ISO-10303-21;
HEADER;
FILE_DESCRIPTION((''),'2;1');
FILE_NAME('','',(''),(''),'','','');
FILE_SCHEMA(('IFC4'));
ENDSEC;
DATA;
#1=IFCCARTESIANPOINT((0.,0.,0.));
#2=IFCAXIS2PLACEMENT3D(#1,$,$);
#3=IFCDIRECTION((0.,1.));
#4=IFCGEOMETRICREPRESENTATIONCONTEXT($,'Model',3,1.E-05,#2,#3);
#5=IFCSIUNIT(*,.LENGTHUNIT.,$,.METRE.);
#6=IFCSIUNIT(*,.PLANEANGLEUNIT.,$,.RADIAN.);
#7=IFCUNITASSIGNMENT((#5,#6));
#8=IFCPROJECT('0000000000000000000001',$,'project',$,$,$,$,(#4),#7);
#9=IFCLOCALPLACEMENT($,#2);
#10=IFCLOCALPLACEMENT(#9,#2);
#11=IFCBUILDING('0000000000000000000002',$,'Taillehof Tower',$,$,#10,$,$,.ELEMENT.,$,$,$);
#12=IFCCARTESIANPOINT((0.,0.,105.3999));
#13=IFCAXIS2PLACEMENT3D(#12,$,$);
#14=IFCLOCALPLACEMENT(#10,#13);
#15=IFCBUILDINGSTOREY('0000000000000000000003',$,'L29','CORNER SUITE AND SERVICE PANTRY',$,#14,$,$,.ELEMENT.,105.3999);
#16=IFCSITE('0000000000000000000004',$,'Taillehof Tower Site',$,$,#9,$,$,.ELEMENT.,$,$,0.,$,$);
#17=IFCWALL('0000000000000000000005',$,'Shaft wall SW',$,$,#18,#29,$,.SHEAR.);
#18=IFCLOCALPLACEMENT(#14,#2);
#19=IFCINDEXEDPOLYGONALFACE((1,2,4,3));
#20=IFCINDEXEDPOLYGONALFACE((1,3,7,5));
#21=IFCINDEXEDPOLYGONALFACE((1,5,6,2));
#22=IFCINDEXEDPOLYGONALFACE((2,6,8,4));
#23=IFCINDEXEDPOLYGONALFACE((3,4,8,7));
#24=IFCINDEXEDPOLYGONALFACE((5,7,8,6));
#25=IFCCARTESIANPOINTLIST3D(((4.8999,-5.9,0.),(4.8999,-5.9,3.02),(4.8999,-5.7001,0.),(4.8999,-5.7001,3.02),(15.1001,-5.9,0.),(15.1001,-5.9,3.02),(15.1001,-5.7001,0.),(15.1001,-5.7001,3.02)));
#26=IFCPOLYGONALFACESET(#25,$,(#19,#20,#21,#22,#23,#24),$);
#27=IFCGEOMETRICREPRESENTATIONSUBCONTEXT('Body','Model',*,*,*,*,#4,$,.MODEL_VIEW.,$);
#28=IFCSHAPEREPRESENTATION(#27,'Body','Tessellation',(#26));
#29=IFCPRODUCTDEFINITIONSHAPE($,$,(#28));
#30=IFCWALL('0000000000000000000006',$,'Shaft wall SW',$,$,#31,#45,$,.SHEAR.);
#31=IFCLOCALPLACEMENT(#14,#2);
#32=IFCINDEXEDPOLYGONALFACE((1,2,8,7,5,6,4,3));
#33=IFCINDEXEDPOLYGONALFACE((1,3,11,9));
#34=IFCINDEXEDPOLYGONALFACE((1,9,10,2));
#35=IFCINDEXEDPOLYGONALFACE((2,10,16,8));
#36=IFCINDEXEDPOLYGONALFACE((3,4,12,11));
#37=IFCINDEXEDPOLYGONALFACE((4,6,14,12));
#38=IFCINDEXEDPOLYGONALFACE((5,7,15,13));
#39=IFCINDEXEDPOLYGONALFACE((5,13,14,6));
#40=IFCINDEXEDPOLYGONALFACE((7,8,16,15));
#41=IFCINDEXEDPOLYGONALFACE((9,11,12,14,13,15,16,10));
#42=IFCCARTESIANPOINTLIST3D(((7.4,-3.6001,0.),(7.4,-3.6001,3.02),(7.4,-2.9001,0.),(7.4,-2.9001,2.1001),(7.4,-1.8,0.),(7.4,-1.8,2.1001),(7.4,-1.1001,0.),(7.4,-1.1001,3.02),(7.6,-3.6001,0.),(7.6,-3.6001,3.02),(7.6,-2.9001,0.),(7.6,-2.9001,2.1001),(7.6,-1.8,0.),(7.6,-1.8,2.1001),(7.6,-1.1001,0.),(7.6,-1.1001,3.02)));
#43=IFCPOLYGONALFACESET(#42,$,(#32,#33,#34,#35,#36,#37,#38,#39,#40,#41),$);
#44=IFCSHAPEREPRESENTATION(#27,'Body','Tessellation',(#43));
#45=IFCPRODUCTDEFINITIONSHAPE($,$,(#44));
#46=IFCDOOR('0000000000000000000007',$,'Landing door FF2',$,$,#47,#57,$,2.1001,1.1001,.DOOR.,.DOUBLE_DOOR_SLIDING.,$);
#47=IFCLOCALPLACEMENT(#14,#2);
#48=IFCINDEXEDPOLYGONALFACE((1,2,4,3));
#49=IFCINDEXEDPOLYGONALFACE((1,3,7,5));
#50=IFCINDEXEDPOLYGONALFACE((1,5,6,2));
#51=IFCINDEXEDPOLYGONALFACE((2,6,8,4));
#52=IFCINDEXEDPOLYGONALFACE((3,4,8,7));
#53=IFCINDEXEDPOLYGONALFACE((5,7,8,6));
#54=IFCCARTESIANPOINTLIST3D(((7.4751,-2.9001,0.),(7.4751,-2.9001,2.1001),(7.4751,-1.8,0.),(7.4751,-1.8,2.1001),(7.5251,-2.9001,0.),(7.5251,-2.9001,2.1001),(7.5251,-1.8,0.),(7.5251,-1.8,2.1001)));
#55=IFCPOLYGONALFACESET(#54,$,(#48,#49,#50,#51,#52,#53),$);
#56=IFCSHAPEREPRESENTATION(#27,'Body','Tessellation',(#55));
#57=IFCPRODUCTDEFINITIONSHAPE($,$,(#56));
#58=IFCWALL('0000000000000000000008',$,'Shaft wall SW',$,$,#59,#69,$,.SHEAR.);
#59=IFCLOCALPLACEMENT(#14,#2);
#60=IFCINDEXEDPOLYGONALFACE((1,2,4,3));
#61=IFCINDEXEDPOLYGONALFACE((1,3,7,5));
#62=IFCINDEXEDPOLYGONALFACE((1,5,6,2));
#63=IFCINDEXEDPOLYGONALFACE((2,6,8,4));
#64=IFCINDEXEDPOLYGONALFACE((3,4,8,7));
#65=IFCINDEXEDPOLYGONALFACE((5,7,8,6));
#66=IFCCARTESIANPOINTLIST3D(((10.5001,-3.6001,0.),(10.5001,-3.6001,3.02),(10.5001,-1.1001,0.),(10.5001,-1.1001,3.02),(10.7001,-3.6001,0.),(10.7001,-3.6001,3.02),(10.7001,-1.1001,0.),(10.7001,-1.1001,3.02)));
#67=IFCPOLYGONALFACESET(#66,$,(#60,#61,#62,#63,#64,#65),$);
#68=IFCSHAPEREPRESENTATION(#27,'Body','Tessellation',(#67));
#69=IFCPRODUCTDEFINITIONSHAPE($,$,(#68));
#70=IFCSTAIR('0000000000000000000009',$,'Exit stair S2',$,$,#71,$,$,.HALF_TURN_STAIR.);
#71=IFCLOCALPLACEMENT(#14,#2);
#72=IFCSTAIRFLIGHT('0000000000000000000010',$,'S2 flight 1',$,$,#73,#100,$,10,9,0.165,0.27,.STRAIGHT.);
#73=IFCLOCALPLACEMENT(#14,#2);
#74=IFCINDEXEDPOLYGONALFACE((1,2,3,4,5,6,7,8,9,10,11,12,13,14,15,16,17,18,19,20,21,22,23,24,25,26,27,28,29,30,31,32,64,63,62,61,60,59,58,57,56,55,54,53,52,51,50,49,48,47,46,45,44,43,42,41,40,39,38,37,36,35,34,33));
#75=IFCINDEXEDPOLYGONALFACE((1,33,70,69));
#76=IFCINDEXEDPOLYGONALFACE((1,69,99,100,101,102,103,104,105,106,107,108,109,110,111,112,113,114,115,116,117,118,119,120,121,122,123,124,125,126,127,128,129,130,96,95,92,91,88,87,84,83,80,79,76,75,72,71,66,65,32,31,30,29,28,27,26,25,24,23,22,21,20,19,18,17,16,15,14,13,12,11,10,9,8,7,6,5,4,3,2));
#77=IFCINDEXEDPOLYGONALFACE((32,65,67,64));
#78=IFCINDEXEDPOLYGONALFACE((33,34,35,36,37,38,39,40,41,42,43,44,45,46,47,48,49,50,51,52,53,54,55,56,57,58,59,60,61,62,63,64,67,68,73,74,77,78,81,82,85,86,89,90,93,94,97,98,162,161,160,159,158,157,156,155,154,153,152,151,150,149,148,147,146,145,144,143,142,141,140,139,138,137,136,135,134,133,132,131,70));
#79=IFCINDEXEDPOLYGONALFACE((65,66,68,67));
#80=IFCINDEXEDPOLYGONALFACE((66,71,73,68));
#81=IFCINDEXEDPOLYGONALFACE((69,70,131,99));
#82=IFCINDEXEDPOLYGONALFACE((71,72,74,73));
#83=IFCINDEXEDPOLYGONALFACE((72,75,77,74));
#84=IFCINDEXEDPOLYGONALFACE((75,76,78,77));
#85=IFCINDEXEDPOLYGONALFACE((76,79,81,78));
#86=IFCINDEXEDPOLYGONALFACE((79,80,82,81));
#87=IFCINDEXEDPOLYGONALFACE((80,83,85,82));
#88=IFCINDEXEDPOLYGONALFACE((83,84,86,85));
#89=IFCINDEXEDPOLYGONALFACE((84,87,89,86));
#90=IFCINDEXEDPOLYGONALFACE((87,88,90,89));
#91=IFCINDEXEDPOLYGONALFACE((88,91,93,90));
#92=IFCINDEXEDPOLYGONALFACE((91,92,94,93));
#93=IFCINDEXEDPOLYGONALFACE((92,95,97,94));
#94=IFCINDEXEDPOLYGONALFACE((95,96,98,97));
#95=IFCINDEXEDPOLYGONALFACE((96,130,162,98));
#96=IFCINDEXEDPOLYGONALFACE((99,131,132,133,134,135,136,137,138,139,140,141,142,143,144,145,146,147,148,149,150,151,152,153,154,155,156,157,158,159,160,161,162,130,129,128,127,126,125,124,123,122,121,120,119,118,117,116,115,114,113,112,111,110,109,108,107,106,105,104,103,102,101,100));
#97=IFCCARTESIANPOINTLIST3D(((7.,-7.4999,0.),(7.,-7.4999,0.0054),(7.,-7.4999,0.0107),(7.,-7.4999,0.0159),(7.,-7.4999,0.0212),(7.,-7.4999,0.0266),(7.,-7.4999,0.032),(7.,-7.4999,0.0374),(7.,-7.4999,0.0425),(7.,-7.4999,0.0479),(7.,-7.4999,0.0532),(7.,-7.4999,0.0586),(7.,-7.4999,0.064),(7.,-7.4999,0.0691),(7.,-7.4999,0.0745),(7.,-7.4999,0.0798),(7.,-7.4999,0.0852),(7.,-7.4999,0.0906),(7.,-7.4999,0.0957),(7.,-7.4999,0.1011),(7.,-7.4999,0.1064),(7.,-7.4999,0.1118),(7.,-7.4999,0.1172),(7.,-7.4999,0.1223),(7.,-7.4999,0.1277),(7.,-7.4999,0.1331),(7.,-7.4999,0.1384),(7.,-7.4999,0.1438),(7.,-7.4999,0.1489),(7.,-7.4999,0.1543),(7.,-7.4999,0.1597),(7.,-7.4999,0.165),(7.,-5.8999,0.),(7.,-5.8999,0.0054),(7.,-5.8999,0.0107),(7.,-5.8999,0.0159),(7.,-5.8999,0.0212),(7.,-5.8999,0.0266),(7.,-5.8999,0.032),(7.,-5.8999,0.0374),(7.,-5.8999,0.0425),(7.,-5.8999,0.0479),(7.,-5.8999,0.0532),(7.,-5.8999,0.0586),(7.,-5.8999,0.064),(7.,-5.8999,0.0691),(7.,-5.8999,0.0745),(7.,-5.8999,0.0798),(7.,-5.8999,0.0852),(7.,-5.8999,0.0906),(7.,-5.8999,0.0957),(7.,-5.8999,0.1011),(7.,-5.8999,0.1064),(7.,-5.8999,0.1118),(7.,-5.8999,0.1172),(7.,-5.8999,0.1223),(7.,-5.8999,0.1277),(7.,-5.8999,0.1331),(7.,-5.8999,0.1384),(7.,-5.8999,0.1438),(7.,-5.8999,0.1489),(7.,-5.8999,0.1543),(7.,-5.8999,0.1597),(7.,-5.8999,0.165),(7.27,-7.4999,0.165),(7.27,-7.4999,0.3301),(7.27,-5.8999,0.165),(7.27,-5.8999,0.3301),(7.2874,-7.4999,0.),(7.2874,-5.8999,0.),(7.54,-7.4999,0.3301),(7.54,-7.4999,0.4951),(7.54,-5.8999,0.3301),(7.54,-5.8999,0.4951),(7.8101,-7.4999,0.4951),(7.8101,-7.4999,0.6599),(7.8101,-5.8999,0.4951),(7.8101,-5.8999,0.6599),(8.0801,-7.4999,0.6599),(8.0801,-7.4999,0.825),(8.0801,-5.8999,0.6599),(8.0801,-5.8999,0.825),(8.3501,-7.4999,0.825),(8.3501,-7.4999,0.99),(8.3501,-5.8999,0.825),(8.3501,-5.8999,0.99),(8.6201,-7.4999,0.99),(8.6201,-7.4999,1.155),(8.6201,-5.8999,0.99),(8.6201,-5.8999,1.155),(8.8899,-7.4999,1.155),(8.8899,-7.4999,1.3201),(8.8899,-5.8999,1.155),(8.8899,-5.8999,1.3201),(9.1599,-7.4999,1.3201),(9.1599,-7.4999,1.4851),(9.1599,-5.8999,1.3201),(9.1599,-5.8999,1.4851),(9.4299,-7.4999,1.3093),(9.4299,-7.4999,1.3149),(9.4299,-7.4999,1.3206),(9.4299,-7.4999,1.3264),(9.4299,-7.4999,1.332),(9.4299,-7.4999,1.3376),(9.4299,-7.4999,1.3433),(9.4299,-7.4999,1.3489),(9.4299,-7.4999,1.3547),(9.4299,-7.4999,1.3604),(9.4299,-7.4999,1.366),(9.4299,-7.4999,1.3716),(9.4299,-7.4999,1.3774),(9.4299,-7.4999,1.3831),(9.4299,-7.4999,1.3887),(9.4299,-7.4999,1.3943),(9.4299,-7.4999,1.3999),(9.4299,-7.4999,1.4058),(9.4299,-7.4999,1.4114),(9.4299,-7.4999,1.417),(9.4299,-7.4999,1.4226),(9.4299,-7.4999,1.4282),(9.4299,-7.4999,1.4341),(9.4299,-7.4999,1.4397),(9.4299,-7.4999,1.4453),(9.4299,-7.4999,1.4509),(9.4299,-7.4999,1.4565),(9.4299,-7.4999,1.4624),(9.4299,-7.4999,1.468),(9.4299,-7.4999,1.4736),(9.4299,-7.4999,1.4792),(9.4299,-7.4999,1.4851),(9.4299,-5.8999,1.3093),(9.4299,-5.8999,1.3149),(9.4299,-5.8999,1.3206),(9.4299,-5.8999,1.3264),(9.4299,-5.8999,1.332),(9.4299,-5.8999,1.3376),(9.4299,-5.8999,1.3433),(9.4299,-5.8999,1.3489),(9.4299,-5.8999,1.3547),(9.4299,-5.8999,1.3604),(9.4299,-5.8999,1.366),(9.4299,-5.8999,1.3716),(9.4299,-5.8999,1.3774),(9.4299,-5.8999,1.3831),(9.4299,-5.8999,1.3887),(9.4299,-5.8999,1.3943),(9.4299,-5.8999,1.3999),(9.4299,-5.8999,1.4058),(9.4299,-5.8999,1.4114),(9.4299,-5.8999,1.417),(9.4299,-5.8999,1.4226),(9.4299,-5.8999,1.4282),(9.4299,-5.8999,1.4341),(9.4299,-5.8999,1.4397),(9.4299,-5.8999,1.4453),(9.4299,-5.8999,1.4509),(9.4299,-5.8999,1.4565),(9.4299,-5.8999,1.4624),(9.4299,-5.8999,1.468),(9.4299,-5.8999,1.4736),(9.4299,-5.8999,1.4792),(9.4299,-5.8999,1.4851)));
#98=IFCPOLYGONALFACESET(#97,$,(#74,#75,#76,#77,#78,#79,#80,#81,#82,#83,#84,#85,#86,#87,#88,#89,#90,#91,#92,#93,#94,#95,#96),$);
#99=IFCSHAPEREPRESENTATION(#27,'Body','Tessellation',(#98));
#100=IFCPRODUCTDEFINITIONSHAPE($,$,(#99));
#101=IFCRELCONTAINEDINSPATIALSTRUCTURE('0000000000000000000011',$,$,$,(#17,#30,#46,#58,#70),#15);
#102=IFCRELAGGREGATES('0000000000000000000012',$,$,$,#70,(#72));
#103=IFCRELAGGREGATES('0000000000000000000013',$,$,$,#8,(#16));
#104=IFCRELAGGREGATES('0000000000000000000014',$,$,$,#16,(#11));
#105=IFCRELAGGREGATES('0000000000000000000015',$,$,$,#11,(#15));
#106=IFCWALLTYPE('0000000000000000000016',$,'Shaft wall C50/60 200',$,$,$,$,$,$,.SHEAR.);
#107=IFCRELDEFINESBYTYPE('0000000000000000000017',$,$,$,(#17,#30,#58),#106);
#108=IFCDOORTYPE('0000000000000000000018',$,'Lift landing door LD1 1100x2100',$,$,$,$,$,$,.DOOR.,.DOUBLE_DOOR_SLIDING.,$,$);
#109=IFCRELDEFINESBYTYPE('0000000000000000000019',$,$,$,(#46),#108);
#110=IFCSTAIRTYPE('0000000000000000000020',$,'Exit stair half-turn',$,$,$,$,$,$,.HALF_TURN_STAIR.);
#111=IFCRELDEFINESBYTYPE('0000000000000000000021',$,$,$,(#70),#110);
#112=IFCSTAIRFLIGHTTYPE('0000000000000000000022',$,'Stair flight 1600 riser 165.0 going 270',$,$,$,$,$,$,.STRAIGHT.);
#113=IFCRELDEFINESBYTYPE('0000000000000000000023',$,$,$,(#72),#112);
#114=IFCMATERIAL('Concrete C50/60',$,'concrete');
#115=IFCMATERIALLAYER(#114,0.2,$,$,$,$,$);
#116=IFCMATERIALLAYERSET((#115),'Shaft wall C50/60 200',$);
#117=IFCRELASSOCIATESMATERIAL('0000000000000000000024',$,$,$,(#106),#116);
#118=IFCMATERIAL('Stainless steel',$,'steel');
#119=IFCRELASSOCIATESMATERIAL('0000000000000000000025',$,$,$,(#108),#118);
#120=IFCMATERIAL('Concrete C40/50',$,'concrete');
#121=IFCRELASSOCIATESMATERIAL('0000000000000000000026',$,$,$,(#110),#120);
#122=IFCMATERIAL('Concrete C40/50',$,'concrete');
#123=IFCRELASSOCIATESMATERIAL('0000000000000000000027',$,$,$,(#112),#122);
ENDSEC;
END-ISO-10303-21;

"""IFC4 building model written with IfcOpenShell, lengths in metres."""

from ifc_helpers import new_model, si_unit, direction, frame, frame_2d, origin, place, context, subcontext, project, spatial, polyline, rectangle, outline, extrude, material, layer, layer_set, type_object, element, fill, aggregate, save


model = new_model("IFC4")

# Units and contexts
model_context = context("Model", 3, precision=1e-05, world=origin(), true_north=direction((0.0, 1.0)))
body_context = subcontext(model_context, "Body", "Model", "MODEL_VIEW")
ifc_project = project(units=[si_unit("LENGTHUNIT", "METRE"), si_unit("PLANEANGLEUNIT", "RADIAN")], contexts=[model_context])

# Site, building, storey
site_placement = place(None, origin())
site = spatial("IfcSite", under=ifc_project, at=site_placement, Name="Taillehof Tower Site", CompositionType="ELEMENT", RefElevation=0.0)
building_placement = place(site_placement, origin())
building = spatial("IfcBuilding", under=site, at=building_placement, Name="Taillehof Tower", CompositionType="ELEMENT")
storey_placement = place(building_placement, frame((0.0, 0.0, 105.3999)))
storey = spatial("IfcBuildingStorey", under=building, at=storey_placement, Name="L29", Description="CORNER SUITE AND SERVICE PANTRY", CompositionType="ELEMENT", Elevation=105.3999)

# Shared definitions
ifc_material_1 = material(Name="Concrete C50/60", Category="concrete")
ifc_layer_1 = layer(ifc_material_1, 0.2)
ifc_layer_set_1 = layer_set([ifc_layer_1], Name="Shaft wall C50/60 200")
wall_type_1 = type_object("IfcWallType", Name="Shaft wall C50/60 200", PredefinedType="SHEAR", material=ifc_layer_set_1)

# Shared definitions
ifc_material_2 = material(Name="Stainless steel", Category="steel")
door_type_1 = type_object("IfcDoorType", Name="Lift landing door LD1 1100x2100", OperationType="DOUBLE_DOOR_SLIDING", PredefinedType="DOOR", material=ifc_material_2)

# Wall
wall_1_placement = place(storey_placement, frame((4.8999, -5.8, 0.0), z_axis=(0.0, 0.0, 1.0), x_axis=(1.0, 0.0, 0.0)))
element("IfcWall", 1, at=wall_1_placement, inside=storey, type_object=wall_type_1, Name="Shaft wall SW", PredefinedType="SHEAR", context=body_context, shape_type="SweptSolid", body=[
    extrude(rectangle(XDim=10.2002, YDim=0.2, at=frame_2d((5.1001, 0.0))), origin(), (0.0, 0.0, 1.0), 3.02),
])

# Wall, opening, door
wall_2_placement = place(storey_placement, frame((7.5, -3.6001, 0.0), z_axis=(0.0, 0.0, 1.0), x_axis=(0.0, 1.0, 0.0)))
wall_2 = element("IfcWall", 2, at=wall_2_placement, inside=storey, type_object=wall_type_1, Name="Shaft wall SW", PredefinedType="SHEAR", context=body_context, shape_type="SweptSolid", body=[
    extrude(rectangle(XDim=2.5, YDim=0.2, at=frame_2d((1.25, 0.0))), origin(), (0.0, 0.0, 1.0), 3.02),
])
opening_1_placement = place(wall_2_placement, frame((0.7, 0.0, 0.0)))
opening_1 = element("IfcOpeningElement", 3, at=opening_1_placement, cuts=wall_2, PredefinedType="OPENING", context=body_context, shape_type="SweptSolid", body=[
    extrude(rectangle(XDim=1.1001, YDim=2.1001, at=frame_2d((0.55, 1.05))), frame((0.0, 0.1099, 0.0), z_axis=(0.0, -1.0, 0.0), x_axis=(1.0, 0.0, 0.0)), (0.0, 0.0, 1.0), 0.22),
])
door_1_placement = place(opening_1_placement, origin())
door_1 = element("IfcDoor", 4, at=door_1_placement, inside=storey, type_object=door_type_1, Name="Landing door FF2", OperationType="DOUBLE_DOOR_SLIDING", OverallHeight=2.1001, OverallWidth=1.1001, PredefinedType="DOOR", context=body_context, shape_type="SweptSolid", body=[
    extrude(rectangle(XDim=1.1001, YDim=2.1001, at=frame_2d((0.55, 1.05))), frame((0.0, 0.0249, 0.0), z_axis=(0.0, -1.0, 0.0), x_axis=(1.0, 0.0, 0.0)), (0.0, 0.0, 1.0), 0.05),
])
fill(opening_1, door_1)

# Wall
wall_3_placement = place(storey_placement, frame((10.6001, -3.6001, 0.0), z_axis=(0.0, 0.0, 1.0), x_axis=(0.0, 1.0, 0.0)))
element("IfcWall", 5, at=wall_3_placement, inside=storey, type_object=wall_type_1, Name="Shaft wall SW", PredefinedType="SHEAR", context=body_context, shape_type="SweptSolid", body=[
    extrude(rectangle(XDim=2.5, YDim=0.2, at=frame_2d((1.25, 0.0))), origin(), (0.0, 0.0, 1.0), 3.02),
])

# Stair, stair flight
ifc_material_3 = material(Name="Concrete C40/50", Category="concrete")
stair_type = type_object("IfcStairType", Name="Exit stair half-turn", PredefinedType="HALF_TURN_STAIR", material=ifc_material_3)
stair_placement = place(storey_placement, origin())
stair = element("IfcStair", 6, at=stair_placement, inside=storey, type_object=stair_type, Name="Exit stair S2", PredefinedType="HALF_TURN_STAIR")
ifc_material_4 = material(Name="Concrete C40/50", Category="concrete")
stair_flight_type = type_object("IfcStairFlightType", Name="Stair flight 1600 riser 165.0 going 270", PredefinedType="STRAIGHT", material=ifc_material_4)
stair_flight_1_placement = place(storey_placement, frame((7.0, -6.7, 0.0), z_axis=(0.0, 0.0, 1.0), x_axis=(1.0, 0.0, 0.0)))
stair_flight_1 = element("IfcStairFlight", 7, at=stair_flight_1_placement, type_object=stair_flight_type, Name="S2 flight 1", NumberOfRisers=10, NumberOfTreads=9, PredefinedType="STRAIGHT", RiserHeight=0.165, TreadLength=0.27, context=body_context, shape_type="SweptSolid", body=[
    extrude(outline(polyline([(0.0, 0.0), (0.0, 0.0054), (0.0, 0.0107), (0.0, 0.0159), (0.0, 0.0212), (0.0, 0.0266), (0.0, 0.032), (0.0, 0.0374), (0.0, 0.0425), (0.0, 0.0479), (0.0, 0.0532), (0.0, 0.0586), (0.0, 0.064), (0.0, 0.0691), (0.0, 0.0745), (0.0, 0.0798), (0.0, 0.0852), (0.0, 0.0906), (0.0, 0.0957), (0.0, 0.1011), (0.0, 0.1064), (0.0, 0.1118), (0.0, 0.1172), (0.0, 0.1223), (0.0, 0.1277), (0.0, 0.1331), (0.0, 0.1384), (0.0, 0.1438), (0.0, 0.1489), (0.0, 0.1543), (0.0, 0.1597), (0.0, 0.165), (0.27, 0.165), (0.27, 0.3301), (0.54, 0.3301), (0.54, 0.4951), (0.8101, 0.4951), (0.8101, 0.6599), (1.0801, 0.6599), (1.0801, 0.825), (1.3501, 0.825), (1.3501, 0.99), (1.6201, 0.99), (1.6201, 1.155), (1.8899, 1.155), (1.8899, 1.3201), (2.1599, 1.3201), (2.1599, 1.4851), (2.4299, 1.4851), (2.4299, 1.4792), (2.4299, 1.4736), (2.4299, 1.468), (2.4299, 1.4624), (2.4299, 1.4565), (2.4299, 1.4509), (2.4299, 1.4453), (2.4299, 1.4397), (2.4299, 1.4341), (2.4299, 1.4282), (2.4299, 1.4226), (2.4299, 1.417), (2.4299, 1.4114), (2.4299, 1.4058), (2.4299, 1.3999), (2.4299, 1.3943), (2.4299, 1.3887), (2.4299, 1.3831), (2.4299, 1.3774), (2.4299, 1.3716), (2.4299, 1.366), (2.4299, 1.3604), (2.4299, 1.3547), (2.4299, 1.3489), (2.4299, 1.3433), (2.4299, 1.3376), (2.4299, 1.332), (2.4299, 1.3264), (2.4299, 1.3206), (2.4299, 1.3149), (2.4299, 1.3093), (0.2874, 0.0), (0.0, 0.0)])), frame((0.0, 0.8, 0.0), z_axis=(0.0, -1.0, 0.0), x_axis=(1.0, 0.0, 0.0)), (0.0, 0.0, 1.0), 1.6),
])
aggregate(stair, [stair_flight_1])

save(model, "model.ifc")
